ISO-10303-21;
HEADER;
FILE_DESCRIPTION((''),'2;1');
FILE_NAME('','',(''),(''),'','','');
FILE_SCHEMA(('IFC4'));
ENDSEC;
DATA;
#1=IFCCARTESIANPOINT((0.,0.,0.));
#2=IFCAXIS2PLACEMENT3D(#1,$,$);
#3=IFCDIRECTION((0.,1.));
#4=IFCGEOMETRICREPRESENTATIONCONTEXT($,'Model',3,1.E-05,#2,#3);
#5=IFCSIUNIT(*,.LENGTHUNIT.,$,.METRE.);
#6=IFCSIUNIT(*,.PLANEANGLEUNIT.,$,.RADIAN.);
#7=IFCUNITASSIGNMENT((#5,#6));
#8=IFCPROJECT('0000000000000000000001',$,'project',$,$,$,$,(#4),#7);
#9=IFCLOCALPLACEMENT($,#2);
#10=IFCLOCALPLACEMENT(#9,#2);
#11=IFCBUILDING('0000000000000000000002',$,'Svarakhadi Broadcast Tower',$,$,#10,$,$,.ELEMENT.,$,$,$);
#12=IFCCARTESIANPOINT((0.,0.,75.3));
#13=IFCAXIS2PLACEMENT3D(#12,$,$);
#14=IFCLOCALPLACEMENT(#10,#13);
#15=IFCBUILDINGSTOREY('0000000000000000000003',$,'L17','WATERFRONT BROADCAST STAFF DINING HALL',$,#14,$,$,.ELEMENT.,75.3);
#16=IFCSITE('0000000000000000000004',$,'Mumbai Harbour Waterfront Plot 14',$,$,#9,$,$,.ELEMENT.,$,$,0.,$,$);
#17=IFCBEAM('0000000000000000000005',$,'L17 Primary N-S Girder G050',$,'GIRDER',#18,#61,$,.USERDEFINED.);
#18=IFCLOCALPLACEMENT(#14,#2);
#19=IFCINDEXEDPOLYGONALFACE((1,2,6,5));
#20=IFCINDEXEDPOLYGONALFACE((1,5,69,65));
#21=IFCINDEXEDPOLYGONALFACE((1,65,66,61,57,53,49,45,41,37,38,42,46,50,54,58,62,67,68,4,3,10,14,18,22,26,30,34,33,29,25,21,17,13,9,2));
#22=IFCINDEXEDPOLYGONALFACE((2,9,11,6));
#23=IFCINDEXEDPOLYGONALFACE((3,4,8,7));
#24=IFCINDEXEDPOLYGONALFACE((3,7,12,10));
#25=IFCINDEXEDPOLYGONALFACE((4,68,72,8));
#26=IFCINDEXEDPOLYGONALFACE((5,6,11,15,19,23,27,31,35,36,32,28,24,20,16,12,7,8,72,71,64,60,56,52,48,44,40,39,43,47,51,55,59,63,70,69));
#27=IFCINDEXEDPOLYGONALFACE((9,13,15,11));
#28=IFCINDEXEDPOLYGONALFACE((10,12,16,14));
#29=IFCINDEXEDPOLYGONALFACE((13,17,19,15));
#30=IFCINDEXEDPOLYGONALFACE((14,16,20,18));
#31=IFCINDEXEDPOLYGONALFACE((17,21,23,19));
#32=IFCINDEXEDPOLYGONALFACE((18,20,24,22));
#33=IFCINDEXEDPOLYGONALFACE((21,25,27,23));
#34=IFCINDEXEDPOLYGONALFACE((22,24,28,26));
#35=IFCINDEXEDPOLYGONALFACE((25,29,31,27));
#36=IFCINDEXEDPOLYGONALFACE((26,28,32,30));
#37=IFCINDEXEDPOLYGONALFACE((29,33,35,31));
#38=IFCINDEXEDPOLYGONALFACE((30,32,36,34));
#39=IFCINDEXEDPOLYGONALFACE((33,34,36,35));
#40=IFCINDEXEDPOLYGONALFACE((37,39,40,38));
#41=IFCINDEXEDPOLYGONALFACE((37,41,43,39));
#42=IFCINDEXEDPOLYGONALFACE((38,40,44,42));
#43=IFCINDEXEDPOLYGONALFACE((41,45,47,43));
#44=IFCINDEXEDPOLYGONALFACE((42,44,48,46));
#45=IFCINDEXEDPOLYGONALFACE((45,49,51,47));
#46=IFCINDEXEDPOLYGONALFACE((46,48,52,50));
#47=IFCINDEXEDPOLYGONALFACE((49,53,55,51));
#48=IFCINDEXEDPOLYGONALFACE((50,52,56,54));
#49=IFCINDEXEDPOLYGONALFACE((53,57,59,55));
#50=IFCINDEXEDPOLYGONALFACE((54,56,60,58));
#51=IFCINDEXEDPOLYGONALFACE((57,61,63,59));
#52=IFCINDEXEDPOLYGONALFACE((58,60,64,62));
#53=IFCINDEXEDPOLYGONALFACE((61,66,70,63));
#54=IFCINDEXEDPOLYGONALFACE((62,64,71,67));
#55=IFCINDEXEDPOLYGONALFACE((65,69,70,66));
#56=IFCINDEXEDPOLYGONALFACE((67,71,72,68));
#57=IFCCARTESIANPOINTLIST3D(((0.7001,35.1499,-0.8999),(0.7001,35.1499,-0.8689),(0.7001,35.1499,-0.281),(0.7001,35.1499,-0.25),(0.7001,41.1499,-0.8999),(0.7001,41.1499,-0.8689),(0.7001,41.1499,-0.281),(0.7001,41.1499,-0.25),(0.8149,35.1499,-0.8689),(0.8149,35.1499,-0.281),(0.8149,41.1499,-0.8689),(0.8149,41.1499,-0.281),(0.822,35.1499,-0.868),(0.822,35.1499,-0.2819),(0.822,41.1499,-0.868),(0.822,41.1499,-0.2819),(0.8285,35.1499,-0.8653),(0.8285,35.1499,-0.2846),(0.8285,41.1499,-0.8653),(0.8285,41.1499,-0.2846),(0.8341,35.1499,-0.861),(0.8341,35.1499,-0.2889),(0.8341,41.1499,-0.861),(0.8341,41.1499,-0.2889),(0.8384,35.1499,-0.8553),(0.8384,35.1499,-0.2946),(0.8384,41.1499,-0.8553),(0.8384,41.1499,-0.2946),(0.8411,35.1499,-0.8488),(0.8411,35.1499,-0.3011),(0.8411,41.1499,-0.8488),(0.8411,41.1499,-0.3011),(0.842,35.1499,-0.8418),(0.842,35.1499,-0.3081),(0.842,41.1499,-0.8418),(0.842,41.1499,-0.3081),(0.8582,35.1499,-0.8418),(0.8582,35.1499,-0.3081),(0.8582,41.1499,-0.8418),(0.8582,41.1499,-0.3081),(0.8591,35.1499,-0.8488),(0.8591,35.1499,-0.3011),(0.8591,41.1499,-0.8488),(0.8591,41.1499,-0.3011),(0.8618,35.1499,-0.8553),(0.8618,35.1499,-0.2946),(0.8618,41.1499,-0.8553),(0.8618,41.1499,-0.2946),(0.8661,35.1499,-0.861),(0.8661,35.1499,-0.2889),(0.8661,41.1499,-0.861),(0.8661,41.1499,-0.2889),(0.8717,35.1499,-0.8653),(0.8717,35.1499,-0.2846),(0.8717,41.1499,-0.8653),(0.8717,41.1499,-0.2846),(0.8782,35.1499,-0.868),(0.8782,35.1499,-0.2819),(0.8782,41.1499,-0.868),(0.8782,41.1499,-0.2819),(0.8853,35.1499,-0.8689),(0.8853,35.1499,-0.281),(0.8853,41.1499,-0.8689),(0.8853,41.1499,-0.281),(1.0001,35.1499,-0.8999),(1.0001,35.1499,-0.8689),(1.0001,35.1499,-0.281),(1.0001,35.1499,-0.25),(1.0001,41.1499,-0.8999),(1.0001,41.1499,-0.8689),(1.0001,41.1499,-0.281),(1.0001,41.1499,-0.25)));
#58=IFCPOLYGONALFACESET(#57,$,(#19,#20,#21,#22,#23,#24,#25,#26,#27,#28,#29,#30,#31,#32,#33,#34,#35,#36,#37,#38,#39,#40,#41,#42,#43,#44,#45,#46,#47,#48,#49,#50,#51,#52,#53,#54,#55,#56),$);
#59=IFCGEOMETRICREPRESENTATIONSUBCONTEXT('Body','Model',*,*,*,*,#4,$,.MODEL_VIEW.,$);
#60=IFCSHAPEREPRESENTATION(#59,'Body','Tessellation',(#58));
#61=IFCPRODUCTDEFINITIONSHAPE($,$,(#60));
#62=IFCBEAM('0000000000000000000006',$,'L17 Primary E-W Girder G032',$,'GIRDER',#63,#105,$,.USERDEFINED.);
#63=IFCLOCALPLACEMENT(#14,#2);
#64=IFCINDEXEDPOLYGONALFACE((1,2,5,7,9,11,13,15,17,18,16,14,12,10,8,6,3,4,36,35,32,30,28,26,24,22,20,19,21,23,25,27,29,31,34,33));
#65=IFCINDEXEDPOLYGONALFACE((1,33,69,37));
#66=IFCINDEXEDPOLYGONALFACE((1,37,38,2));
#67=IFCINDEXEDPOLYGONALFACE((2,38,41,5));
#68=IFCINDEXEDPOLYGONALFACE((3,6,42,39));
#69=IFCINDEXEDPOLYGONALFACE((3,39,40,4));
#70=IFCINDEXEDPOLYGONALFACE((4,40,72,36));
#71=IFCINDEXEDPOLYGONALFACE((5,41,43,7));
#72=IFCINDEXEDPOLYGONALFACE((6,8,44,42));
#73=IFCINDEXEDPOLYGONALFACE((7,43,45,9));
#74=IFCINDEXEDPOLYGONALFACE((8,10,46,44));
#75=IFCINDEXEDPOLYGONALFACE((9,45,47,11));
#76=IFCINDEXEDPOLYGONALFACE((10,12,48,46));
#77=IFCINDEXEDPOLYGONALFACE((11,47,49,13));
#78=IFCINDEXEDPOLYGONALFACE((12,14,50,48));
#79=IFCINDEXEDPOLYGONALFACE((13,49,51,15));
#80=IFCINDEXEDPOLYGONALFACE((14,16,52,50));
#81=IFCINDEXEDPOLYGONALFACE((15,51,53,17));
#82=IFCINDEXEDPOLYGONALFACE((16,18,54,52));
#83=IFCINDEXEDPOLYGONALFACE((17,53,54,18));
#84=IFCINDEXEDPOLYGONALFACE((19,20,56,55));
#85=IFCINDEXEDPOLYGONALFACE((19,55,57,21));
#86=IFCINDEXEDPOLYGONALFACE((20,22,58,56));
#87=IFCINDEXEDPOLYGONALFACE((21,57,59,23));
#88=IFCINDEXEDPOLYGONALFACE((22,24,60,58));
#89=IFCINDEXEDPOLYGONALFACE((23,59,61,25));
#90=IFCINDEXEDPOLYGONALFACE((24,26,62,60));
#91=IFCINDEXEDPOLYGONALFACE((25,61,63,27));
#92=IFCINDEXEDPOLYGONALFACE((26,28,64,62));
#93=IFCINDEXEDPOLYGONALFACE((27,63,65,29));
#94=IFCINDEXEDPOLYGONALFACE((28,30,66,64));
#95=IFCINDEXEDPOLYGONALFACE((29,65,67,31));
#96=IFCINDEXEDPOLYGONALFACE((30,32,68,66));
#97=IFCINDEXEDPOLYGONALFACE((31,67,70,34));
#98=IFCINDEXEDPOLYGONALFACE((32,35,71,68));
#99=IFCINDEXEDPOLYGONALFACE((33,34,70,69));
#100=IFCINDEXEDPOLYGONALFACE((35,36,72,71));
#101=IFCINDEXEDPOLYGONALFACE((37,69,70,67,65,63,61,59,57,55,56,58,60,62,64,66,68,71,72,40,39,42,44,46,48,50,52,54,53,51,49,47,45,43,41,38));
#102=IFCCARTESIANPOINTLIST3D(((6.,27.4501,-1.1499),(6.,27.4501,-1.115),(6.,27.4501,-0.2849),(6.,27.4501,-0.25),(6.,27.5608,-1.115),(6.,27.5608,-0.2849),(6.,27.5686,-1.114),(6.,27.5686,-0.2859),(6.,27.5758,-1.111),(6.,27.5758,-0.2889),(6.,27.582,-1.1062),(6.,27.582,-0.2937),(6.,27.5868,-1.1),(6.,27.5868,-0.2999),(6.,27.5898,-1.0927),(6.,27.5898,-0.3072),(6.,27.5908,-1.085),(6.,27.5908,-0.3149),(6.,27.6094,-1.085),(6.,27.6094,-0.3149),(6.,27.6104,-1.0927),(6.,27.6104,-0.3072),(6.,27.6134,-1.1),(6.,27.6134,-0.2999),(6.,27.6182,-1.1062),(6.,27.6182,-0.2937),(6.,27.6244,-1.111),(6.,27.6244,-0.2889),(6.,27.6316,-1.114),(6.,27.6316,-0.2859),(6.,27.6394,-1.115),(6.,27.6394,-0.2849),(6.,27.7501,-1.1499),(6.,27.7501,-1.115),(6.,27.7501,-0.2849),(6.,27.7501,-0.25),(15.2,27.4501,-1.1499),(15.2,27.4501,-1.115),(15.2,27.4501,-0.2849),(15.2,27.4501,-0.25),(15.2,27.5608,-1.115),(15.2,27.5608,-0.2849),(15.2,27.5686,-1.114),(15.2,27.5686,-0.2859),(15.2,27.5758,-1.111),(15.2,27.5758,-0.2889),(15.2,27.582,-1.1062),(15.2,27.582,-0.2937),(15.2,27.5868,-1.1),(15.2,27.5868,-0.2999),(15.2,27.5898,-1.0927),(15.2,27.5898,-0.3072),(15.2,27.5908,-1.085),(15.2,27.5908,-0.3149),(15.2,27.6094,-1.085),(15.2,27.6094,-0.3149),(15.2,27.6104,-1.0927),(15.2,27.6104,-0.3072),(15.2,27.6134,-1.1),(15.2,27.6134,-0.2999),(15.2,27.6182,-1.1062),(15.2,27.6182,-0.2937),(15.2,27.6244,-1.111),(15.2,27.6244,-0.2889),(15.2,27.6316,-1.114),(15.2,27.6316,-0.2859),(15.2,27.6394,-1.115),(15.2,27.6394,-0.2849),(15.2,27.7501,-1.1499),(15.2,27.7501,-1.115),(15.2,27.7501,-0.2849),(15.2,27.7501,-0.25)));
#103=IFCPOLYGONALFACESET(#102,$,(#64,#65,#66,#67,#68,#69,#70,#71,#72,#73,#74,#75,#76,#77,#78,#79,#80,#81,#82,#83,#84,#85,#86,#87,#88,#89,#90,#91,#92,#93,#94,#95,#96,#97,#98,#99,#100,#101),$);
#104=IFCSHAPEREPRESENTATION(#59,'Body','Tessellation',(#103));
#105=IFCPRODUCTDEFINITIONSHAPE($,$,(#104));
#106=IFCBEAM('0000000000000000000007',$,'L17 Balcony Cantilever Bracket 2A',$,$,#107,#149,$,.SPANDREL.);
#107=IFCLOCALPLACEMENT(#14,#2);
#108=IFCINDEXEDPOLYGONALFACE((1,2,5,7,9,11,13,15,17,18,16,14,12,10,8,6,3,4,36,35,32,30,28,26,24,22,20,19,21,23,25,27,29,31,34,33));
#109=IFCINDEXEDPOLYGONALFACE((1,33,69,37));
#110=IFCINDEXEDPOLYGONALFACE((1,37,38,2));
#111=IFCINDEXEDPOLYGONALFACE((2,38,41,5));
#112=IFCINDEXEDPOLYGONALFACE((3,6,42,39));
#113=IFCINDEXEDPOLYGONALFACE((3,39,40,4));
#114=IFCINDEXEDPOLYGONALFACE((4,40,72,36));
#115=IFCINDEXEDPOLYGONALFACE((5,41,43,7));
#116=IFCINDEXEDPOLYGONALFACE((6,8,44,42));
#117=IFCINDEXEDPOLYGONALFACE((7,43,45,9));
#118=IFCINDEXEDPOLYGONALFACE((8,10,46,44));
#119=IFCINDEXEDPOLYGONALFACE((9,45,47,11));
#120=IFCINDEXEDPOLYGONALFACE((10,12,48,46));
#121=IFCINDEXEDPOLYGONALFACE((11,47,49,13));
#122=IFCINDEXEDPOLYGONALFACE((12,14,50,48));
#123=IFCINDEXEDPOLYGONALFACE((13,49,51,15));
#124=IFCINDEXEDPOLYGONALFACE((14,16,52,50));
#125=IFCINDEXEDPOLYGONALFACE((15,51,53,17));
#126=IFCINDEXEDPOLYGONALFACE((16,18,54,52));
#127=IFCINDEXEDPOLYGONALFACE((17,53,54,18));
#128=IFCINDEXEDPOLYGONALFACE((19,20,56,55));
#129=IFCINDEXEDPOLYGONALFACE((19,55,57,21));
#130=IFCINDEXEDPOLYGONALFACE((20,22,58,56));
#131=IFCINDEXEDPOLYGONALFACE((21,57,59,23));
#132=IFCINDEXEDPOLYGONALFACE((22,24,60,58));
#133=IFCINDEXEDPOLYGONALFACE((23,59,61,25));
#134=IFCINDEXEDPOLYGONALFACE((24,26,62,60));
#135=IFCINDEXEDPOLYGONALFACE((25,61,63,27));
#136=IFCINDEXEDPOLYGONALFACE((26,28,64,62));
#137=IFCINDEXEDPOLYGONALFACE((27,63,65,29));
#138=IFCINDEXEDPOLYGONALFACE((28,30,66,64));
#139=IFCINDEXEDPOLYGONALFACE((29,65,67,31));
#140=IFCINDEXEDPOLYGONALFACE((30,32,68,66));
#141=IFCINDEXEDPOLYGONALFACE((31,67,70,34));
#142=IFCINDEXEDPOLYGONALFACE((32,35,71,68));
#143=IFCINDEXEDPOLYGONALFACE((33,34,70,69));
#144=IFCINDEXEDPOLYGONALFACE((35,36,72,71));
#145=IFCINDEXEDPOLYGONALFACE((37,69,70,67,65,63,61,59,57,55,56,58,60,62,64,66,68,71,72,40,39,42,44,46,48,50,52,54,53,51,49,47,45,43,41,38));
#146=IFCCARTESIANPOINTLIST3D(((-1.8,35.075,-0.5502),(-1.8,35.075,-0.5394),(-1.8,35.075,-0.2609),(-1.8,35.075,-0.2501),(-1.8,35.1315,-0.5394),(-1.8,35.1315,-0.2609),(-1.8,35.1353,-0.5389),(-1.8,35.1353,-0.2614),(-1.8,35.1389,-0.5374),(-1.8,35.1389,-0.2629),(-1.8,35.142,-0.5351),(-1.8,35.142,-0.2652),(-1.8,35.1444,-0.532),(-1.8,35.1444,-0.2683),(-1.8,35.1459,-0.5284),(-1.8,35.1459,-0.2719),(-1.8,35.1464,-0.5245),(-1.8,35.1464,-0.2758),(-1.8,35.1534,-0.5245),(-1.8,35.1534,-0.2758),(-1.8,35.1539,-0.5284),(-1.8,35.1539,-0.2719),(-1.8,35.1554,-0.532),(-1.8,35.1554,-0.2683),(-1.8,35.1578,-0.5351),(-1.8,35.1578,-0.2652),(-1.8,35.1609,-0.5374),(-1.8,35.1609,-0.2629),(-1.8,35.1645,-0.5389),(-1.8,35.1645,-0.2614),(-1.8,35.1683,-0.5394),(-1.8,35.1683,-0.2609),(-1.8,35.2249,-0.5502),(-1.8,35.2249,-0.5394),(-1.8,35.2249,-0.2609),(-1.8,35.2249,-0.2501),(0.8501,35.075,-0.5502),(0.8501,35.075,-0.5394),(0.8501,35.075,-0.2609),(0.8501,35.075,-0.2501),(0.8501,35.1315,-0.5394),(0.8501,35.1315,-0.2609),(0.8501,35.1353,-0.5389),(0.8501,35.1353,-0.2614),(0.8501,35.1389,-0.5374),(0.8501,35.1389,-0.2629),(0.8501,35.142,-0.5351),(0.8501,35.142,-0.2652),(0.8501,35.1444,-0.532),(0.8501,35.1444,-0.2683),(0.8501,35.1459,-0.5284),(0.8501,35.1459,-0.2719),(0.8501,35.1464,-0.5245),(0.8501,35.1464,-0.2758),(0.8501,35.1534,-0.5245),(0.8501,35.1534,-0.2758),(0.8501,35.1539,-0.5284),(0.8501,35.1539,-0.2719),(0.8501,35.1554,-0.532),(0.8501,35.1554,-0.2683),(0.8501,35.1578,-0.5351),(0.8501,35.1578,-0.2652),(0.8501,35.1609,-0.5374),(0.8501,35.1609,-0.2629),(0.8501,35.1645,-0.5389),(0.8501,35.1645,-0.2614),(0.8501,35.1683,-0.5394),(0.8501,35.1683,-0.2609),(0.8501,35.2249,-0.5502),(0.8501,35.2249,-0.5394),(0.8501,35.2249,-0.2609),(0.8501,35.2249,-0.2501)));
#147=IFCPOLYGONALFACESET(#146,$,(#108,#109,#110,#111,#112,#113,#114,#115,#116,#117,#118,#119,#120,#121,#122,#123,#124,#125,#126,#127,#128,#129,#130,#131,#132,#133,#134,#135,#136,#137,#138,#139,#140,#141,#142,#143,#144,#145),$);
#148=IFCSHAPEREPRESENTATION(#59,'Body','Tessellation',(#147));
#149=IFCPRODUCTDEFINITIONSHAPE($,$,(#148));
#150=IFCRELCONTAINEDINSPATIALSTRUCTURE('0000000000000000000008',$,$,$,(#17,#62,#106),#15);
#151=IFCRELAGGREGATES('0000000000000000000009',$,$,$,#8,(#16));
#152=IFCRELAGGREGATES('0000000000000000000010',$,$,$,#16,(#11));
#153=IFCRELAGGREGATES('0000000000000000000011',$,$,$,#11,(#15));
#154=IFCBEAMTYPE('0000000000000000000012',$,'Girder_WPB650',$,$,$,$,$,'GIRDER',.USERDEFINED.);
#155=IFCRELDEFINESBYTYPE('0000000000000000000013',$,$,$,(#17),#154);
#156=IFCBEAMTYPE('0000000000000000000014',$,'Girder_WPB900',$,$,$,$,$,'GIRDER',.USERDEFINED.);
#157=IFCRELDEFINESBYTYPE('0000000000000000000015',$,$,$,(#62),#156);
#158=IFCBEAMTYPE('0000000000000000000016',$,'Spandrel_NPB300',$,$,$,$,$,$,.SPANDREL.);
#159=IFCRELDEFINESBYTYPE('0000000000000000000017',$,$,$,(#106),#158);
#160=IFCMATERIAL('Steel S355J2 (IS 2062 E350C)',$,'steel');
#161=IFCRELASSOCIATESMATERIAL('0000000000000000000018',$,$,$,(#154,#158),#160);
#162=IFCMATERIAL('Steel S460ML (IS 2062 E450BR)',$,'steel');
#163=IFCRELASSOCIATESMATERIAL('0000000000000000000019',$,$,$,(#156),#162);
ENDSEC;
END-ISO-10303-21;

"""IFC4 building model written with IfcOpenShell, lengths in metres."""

from ifc_helpers import new_model, si_unit, direction, frame, origin, origin_2d, place, context, subcontext, project, spatial, i_section, extrude, material, material_profile, profile_set, type_object, element, save


model = new_model("IFC4")

# Units and contexts
model_context = context("Model", 3, precision=1e-05, world=origin(), true_north=direction((0.0, 1.0)))
body_context = subcontext(model_context, "Body", "Model", "MODEL_VIEW")
ifc_project = project(units=[si_unit("LENGTHUNIT", "METRE"), si_unit("PLANEANGLEUNIT", "RADIAN")], contexts=[model_context])

# Site, building, storey
site_placement = place(None, origin())
site = spatial("IfcSite", under=ifc_project, at=site_placement, Name="Mumbai Harbour Waterfront Plot 14", CompositionType="ELEMENT", RefElevation=0.0)
building_placement = place(site_placement, origin())
building = spatial("IfcBuilding", under=site, at=building_placement, Name="Svarakhadi Broadcast Tower", CompositionType="ELEMENT")
storey_placement = place(building_placement, frame((0.0, 0.0, 75.3)))
storey = spatial("IfcBuildingStorey", under=building, at=storey_placement, Name="L17", Description="WATERFRONT BROADCAST STAFF DINING HALL", CompositionType="ELEMENT", Elevation=75.3)

# Shared definitions
ifc_material_1 = material(Name="Steel S460ML (IS 2062 E450BR)", Category="steel")

# Shared definitions
ifc_material_2 = material(Name="Steel S355J2 (IS 2062 E350C)", Category="steel")

# Beams
ifc_material_profile_1 = material_profile(ifc_material_2, i_section(OverallWidth=0.3, OverallDepth=0.6499, WebThickness=0.0161, FlangeThickness=0.031, FilletRadius=0.0271, at=origin_2d()), Name="WPB 650x300x225")
ifc_profile_set_1 = profile_set([ifc_material_profile_1], Name="Steel S355J2 (IS 2062 E350C)")
beam_type_1 = type_object("IfcBeamType", Name="Girder_WPB650", ElementType="GIRDER", PredefinedType="USERDEFINED", material=ifc_profile_set_1)
for number, where, z_axis, x_axis, name in (
    (1, (0.8501, 35.1499, -0.575), (0.0, 1.0, 0.0), (-1.0, 0.0, 0.0), "L17 Primary N-S Girder G050"),
):
    element("IfcBeam", number, at=place(storey_placement, frame(where, z_axis=z_axis, x_axis=x_axis)), inside=storey, type_object=beam_type_1, Name=name, ObjectType="GIRDER", PredefinedType="USERDEFINED", context=body_context, shape_type="SweptSolid", body=[
        extrude(i_section(OverallWidth=0.3, OverallDepth=0.6499, WebThickness=0.0161, FlangeThickness=0.031, FilletRadius=0.0271, at=origin_2d()), origin(), (0.0, 0.0, 1.0), 6.0),
    ])
ifc_material_profile_2 = material_profile(ifc_material_1, i_section(OverallWidth=0.3, OverallDepth=0.8999, WebThickness=0.0186, FlangeThickness=0.0349, FilletRadius=0.03, at=origin_2d()), Name="WPB 900x300x291")
ifc_profile_set_2 = profile_set([ifc_material_profile_2], Name="Steel S460ML (IS 2062 E450BR)")
beam_type_2 = type_object("IfcBeamType", Name="Girder_WPB900", ElementType="GIRDER", PredefinedType="USERDEFINED", material=ifc_profile_set_2)
beam_1_placement = place(storey_placement, frame((6.0, 27.6001, -0.7), z_axis=(1.0, 0.0, 0.0), x_axis=(0.0, 1.0, 0.0)))
element("IfcBeam", 2, at=beam_1_placement, inside=storey, type_object=beam_type_2, Name="L17 Primary E-W Girder G032", ObjectType="GIRDER", PredefinedType="USERDEFINED", context=body_context, shape_type="SweptSolid", body=[
    extrude(i_section(OverallWidth=0.3, OverallDepth=0.8999, WebThickness=0.0186, FlangeThickness=0.0349, FilletRadius=0.03, at=origin_2d()), origin(), (0.0, 0.0, 1.0), 9.2),
])
ifc_material_profile_3 = material_profile(ifc_material_2, i_section(OverallWidth=0.1499, OverallDepth=0.3, WebThickness=0.0071, FlangeThickness=0.0107, FilletRadius=0.0149, at=origin_2d()), Name="NPB 300x150x37")
ifc_profile_set_3 = profile_set([ifc_material_profile_3], Name="Steel S355J2 (IS 2062 E350C)")
beam_type_3 = type_object("IfcBeamType", Name="Spandrel_NPB300", PredefinedType="SPANDREL", material=ifc_profile_set_3)
beam_2_placement = place(storey_placement, frame((0.8501, 35.1499, -0.4001), z_axis=(-1.0, 0.0, 0.0), x_axis=(0.0, -1.0, 0.0)))
element("IfcBeam", 3, at=beam_2_placement, inside=storey, type_object=beam_type_3, Name="L17 Balcony Cantilever Bracket 2A", PredefinedType="SPANDREL", context=body_context, shape_type="SweptSolid", body=[
    extrude(i_section(OverallWidth=0.1499, OverallDepth=0.3, WebThickness=0.0071, FlangeThickness=0.0107, FilletRadius=0.0149, at=origin_2d()), origin(), (0.0, 0.0, 1.0), 2.6501),
])

save(model, "model.ifc")
